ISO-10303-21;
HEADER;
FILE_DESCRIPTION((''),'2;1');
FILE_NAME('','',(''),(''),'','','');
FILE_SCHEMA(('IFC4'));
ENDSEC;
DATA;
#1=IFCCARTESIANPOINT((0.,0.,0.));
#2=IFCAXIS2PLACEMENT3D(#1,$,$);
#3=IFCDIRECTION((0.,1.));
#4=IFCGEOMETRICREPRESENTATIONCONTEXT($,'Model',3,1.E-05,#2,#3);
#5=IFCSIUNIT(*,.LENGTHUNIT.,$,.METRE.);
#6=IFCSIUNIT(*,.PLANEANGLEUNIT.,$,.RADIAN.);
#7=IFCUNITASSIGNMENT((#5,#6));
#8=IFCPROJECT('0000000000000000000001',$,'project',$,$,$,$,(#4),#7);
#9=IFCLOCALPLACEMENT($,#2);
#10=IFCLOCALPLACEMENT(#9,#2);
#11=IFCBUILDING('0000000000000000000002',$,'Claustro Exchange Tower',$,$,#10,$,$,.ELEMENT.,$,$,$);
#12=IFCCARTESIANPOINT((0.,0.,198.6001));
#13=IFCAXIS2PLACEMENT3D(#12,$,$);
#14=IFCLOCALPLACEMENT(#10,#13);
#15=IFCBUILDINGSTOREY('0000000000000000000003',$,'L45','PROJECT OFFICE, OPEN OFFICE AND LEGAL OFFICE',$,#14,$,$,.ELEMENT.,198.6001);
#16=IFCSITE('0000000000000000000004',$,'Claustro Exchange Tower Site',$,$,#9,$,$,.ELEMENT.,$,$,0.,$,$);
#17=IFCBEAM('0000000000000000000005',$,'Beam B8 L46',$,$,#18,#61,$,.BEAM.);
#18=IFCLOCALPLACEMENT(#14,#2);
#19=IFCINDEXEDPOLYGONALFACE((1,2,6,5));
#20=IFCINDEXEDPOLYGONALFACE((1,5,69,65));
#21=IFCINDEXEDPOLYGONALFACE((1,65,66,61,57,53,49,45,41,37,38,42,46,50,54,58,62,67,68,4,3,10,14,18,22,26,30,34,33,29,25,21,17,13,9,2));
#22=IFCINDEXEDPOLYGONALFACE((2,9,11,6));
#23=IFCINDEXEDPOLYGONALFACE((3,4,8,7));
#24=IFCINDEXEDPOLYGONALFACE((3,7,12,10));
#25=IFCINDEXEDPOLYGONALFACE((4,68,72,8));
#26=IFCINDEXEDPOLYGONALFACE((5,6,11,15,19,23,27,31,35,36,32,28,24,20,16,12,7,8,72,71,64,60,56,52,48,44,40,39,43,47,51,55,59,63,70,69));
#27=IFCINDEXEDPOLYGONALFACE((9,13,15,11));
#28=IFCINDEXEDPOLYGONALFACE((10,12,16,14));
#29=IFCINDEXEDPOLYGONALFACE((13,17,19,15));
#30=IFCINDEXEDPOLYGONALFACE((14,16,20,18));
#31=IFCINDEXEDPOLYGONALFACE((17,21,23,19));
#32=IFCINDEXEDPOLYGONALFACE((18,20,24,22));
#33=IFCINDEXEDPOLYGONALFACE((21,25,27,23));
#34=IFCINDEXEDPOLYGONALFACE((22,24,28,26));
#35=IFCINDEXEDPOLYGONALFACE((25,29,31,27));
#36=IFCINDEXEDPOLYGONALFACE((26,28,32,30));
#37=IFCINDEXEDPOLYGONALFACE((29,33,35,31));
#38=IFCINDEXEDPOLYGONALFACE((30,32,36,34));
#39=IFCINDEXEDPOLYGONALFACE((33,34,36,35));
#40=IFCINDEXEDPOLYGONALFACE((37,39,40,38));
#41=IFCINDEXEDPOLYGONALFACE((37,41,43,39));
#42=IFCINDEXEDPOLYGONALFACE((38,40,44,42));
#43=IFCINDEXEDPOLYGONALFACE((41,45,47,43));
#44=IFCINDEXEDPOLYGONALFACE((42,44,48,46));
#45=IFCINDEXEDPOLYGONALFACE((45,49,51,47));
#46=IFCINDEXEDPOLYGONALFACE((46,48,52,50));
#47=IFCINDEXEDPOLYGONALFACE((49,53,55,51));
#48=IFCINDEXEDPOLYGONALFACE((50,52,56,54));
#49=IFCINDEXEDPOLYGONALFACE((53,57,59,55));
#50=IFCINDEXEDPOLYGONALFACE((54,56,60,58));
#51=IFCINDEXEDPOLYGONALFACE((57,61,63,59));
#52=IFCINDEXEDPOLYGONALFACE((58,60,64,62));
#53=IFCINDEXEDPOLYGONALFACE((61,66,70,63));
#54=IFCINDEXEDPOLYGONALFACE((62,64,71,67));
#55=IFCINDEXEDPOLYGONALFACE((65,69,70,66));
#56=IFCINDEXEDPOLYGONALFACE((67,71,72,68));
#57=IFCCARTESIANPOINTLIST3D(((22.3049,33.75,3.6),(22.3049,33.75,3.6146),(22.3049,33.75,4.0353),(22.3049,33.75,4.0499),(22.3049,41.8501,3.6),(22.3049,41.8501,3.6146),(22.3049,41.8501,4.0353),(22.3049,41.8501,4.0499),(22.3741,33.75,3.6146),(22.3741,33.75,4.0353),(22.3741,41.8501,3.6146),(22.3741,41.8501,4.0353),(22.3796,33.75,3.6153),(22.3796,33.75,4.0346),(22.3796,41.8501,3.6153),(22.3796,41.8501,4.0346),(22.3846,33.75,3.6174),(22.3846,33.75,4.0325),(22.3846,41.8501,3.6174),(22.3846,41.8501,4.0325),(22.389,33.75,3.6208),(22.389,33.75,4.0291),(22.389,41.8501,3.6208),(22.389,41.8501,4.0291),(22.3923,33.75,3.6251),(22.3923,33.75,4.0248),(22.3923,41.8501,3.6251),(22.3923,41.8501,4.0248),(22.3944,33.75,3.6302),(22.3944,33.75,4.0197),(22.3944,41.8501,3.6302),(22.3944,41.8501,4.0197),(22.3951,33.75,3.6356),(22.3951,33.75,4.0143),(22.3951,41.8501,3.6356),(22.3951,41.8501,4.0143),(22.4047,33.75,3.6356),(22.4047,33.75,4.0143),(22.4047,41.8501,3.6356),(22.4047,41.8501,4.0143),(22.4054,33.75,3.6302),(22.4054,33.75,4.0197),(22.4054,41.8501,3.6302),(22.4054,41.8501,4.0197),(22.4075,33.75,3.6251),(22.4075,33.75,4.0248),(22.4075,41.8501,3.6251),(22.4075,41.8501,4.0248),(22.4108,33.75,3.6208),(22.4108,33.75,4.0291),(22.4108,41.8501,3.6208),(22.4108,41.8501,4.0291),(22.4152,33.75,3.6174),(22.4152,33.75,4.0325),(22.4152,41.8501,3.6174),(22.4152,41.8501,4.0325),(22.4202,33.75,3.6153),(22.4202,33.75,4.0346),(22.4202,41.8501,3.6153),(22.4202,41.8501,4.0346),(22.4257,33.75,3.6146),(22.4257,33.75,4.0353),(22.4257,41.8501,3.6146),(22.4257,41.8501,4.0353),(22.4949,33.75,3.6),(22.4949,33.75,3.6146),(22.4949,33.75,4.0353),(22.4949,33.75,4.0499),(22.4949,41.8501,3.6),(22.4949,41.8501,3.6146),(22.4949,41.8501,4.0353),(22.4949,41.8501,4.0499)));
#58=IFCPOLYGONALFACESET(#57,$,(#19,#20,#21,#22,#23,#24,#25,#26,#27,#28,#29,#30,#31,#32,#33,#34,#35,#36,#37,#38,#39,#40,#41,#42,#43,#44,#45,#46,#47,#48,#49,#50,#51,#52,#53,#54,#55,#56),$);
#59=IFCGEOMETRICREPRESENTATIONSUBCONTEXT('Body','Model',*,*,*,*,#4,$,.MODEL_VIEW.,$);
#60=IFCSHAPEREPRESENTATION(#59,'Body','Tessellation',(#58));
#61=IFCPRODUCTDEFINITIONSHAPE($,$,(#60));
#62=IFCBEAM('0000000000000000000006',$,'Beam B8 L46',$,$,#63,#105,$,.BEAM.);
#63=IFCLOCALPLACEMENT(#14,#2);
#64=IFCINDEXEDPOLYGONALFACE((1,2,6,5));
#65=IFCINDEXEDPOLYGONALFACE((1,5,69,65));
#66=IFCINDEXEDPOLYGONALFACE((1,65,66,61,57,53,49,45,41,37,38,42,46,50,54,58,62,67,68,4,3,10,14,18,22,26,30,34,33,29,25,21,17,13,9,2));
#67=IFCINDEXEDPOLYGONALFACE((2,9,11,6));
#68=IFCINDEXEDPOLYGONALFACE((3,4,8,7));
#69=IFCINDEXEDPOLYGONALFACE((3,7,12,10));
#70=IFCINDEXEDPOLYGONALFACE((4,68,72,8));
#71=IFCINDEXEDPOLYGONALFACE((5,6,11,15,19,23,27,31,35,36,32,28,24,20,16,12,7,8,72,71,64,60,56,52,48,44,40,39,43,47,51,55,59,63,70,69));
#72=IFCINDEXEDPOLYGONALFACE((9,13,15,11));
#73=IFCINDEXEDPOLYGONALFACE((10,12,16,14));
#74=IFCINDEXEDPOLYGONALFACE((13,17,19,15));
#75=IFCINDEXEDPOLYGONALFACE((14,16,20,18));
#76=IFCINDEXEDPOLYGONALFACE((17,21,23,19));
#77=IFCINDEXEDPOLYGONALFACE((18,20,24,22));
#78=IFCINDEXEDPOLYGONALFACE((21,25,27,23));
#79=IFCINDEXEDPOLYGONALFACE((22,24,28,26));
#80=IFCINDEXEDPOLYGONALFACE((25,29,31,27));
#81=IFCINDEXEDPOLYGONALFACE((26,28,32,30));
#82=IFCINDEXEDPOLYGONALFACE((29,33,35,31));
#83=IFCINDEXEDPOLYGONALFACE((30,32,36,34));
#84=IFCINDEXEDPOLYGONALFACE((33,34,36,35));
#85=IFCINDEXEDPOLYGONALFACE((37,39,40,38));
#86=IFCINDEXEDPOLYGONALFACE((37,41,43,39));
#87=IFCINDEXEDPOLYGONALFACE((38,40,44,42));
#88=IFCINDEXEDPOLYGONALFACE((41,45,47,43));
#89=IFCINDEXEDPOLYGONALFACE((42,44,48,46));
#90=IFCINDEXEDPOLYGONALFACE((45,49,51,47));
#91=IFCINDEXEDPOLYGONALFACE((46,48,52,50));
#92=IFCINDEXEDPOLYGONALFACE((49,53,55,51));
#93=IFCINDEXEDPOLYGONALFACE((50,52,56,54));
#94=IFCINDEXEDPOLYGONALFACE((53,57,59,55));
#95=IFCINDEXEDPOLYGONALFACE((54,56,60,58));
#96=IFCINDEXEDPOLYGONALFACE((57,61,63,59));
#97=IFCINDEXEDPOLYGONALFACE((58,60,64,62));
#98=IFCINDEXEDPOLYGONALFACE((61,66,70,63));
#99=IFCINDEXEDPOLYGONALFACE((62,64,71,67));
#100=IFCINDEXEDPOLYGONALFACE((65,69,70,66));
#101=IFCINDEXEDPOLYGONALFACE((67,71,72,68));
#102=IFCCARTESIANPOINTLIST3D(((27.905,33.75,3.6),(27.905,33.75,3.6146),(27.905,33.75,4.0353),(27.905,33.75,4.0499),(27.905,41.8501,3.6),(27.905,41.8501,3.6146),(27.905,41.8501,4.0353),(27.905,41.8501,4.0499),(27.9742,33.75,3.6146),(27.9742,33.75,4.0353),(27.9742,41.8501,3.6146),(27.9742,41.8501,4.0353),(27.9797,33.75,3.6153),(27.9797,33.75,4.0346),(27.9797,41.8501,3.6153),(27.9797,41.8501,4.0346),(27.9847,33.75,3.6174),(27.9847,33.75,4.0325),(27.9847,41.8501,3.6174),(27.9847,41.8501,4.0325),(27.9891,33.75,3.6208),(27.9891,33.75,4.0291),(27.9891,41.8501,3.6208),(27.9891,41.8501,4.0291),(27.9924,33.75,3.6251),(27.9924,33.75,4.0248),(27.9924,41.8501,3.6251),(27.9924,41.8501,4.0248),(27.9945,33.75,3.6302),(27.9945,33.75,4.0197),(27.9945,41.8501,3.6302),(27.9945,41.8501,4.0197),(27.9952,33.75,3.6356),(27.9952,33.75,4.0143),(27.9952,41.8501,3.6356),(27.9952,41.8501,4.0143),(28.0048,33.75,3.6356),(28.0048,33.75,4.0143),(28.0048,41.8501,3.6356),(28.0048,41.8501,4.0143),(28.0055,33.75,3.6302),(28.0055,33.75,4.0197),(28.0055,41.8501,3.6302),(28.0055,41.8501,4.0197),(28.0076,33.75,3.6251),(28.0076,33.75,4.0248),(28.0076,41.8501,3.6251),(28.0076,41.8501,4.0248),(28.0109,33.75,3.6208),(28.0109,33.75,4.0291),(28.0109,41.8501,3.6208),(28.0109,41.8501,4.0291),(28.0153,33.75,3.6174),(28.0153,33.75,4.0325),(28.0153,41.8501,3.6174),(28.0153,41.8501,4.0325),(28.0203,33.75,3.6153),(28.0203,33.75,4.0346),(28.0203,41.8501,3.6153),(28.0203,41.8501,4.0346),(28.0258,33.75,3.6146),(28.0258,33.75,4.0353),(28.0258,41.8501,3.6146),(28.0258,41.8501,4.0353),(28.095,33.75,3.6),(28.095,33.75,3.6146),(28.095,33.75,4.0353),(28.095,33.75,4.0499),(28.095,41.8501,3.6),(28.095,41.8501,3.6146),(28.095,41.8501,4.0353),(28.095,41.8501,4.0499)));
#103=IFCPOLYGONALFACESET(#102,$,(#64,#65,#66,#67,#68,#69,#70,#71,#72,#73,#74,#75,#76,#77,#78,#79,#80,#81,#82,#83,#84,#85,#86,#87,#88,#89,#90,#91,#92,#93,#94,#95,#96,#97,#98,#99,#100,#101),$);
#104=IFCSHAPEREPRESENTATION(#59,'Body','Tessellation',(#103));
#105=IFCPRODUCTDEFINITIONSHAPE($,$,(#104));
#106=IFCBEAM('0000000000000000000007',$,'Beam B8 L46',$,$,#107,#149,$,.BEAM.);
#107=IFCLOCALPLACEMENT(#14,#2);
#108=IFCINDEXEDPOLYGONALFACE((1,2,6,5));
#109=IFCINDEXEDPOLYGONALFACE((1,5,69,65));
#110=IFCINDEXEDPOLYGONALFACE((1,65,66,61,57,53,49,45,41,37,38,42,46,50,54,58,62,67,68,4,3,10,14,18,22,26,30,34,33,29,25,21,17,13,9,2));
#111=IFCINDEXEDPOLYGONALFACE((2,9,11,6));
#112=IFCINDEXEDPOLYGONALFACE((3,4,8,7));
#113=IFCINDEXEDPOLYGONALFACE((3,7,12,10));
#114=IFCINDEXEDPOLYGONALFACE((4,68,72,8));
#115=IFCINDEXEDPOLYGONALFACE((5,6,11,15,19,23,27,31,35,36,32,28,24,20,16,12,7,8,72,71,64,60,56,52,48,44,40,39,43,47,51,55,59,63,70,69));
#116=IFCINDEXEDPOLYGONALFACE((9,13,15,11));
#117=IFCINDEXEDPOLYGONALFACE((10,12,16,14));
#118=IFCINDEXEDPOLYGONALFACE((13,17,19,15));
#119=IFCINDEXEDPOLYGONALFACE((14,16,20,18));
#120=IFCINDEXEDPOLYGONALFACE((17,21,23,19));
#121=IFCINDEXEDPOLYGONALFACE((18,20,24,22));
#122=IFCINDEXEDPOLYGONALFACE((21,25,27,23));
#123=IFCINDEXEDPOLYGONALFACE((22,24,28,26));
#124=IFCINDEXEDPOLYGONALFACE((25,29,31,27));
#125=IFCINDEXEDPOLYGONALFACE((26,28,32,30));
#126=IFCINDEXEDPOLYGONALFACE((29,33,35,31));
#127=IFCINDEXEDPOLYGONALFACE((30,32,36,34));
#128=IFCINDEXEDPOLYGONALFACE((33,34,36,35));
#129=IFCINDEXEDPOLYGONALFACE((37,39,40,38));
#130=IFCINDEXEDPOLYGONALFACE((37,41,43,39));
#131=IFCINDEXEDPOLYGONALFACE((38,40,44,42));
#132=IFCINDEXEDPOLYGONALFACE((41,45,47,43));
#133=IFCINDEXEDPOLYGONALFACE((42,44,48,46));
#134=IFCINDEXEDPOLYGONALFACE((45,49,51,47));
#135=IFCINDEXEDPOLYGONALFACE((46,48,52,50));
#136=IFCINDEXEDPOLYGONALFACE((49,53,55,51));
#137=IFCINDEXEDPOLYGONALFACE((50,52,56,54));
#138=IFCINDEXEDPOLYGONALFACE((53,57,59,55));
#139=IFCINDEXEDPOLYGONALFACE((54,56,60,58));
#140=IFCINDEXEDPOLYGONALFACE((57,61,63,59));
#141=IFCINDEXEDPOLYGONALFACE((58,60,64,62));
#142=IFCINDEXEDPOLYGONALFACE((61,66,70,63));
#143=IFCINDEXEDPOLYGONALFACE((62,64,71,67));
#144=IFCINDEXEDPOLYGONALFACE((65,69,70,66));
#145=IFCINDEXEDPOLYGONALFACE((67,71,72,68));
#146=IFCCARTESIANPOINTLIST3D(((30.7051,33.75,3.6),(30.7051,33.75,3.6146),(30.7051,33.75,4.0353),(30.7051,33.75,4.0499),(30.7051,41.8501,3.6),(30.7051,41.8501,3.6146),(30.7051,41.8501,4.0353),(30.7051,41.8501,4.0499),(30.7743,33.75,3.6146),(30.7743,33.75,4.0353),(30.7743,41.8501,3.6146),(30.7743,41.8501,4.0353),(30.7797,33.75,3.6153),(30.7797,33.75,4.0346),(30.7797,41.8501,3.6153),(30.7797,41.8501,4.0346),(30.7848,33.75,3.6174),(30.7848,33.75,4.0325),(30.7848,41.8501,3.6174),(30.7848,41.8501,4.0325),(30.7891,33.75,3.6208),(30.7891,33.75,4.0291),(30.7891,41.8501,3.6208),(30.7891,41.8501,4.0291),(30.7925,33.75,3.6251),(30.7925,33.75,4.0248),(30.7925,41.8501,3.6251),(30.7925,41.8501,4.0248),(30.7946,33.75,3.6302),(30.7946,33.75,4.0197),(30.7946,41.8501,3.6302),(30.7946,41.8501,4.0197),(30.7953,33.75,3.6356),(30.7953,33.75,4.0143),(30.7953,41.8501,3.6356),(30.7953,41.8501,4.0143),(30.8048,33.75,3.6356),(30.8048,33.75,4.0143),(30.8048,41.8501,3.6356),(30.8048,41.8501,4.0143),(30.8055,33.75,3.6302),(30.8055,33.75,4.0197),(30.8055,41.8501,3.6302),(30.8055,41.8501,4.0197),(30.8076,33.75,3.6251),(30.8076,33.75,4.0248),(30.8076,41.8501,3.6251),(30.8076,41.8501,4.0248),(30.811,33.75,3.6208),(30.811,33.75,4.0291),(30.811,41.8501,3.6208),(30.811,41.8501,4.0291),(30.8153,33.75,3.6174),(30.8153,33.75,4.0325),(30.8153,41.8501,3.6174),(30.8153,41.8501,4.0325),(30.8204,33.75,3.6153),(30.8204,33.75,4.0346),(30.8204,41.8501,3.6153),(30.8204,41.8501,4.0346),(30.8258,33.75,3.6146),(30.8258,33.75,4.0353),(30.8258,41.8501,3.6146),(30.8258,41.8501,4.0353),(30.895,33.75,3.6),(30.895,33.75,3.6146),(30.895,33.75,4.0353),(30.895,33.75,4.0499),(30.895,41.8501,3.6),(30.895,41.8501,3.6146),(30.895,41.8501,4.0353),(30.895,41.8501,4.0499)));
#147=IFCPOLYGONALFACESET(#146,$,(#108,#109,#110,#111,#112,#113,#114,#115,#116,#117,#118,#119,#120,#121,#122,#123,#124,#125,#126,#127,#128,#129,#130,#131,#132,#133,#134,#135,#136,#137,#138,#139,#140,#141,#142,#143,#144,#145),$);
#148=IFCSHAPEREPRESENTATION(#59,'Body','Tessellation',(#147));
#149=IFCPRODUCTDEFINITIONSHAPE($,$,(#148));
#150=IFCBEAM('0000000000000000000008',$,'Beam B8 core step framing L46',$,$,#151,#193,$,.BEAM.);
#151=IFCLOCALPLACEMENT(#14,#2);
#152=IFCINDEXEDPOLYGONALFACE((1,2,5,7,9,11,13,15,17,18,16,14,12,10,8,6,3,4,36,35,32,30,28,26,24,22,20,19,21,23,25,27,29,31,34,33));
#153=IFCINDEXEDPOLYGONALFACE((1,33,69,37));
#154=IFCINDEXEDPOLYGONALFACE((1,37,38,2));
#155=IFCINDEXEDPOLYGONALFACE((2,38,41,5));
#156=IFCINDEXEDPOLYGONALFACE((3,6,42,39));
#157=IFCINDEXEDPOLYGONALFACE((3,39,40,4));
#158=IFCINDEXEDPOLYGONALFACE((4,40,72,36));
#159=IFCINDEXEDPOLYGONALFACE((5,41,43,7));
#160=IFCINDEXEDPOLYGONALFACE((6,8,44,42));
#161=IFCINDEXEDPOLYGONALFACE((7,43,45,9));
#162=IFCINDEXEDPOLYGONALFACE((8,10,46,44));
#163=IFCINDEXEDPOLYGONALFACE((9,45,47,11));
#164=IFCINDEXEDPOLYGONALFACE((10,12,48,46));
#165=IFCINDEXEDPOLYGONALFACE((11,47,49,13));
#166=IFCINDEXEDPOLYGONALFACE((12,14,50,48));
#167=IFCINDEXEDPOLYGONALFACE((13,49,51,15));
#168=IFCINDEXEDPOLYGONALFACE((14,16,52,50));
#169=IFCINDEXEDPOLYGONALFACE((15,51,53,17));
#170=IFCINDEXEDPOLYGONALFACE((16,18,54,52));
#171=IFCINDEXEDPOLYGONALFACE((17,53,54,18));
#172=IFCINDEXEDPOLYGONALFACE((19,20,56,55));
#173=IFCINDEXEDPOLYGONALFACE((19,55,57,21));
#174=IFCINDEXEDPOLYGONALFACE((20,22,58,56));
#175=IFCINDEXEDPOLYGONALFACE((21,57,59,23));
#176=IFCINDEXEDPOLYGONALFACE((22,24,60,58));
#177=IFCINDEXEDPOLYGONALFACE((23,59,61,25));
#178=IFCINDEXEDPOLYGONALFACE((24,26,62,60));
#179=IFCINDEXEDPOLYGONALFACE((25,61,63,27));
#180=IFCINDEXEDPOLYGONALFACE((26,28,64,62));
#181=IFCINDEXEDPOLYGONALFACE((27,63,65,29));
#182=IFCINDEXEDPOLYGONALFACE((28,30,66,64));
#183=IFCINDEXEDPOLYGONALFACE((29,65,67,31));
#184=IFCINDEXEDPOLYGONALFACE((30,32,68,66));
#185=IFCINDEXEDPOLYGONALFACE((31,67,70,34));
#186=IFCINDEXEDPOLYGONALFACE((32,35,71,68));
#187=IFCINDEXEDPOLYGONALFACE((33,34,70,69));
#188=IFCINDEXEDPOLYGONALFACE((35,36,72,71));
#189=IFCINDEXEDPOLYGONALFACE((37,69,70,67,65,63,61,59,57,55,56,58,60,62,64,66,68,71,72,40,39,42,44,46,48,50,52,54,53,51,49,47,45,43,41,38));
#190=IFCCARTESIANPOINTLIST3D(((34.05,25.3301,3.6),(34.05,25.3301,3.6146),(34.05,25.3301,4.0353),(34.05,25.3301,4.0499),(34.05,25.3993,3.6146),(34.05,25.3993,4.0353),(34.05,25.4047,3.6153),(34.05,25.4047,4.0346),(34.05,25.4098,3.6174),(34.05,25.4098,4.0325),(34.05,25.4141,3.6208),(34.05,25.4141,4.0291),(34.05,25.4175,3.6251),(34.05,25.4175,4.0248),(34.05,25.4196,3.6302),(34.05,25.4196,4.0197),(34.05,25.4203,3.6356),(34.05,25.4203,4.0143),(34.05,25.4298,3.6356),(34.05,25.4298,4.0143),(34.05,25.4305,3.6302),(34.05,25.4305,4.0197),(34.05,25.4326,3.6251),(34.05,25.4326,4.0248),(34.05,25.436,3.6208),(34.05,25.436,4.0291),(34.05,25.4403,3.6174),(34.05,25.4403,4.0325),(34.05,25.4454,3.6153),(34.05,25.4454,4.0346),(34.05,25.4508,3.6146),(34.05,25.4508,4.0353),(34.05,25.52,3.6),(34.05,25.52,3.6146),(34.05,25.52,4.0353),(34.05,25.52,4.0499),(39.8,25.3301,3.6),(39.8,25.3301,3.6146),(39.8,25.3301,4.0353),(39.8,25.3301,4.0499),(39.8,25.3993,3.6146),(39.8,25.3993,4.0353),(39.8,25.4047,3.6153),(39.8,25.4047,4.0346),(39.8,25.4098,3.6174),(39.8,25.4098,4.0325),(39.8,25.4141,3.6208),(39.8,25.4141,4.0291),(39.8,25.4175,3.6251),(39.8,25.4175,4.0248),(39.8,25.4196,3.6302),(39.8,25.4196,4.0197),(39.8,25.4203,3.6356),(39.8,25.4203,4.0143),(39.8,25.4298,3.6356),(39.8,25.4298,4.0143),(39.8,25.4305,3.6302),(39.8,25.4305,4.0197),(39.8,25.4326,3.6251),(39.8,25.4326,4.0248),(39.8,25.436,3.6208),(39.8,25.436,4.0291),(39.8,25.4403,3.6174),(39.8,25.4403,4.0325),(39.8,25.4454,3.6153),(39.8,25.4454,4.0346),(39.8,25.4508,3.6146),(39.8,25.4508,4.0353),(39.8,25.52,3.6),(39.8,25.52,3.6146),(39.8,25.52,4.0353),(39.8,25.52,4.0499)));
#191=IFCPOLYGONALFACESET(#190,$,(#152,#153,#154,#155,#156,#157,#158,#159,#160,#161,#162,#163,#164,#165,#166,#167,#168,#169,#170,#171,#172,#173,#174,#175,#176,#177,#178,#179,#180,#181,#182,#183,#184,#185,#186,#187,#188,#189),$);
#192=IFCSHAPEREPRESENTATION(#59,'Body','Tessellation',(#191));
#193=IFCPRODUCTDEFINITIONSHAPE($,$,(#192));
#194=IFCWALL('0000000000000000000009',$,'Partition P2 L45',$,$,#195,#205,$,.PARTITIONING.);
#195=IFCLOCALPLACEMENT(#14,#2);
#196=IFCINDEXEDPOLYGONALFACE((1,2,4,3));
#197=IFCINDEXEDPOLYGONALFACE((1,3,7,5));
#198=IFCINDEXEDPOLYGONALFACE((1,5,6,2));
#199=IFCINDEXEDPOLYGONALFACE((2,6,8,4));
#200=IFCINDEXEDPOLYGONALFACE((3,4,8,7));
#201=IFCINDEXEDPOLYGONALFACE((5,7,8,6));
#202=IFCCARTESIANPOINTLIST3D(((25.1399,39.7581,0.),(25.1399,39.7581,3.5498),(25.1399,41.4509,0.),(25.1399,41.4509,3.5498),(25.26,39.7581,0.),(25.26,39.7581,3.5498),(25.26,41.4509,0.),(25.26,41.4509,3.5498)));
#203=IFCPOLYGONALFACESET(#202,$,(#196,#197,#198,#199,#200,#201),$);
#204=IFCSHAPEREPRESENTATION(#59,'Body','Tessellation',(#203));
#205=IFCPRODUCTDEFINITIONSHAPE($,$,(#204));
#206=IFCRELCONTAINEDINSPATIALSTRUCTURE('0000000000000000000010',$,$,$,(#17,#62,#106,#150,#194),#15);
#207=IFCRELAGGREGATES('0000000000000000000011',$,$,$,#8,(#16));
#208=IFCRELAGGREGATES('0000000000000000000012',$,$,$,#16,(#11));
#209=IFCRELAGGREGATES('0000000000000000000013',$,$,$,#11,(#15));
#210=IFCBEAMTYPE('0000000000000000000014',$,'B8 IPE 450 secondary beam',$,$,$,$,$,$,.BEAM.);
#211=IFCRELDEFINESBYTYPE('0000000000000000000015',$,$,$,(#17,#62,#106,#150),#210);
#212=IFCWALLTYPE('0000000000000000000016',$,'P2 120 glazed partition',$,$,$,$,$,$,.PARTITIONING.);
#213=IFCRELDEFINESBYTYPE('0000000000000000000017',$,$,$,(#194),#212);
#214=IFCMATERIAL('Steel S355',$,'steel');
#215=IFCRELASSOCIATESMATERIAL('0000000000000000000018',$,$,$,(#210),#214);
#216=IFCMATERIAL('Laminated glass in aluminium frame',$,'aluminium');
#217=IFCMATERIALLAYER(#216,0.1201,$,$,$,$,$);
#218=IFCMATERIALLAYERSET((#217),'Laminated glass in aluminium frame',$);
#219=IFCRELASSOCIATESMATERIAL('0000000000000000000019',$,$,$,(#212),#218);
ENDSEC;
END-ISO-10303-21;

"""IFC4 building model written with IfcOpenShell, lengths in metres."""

from ifc_helpers import new_model, si_unit, direction, frame, frame_2d, origin, origin_2d, place, context, subcontext, project, spatial, rectangle, i_section, extrude, material, layer, layer_set, material_profile, profile_set, type_object, element, save


model = new_model("IFC4")

# Units and contexts
model_context = context("Model", 3, precision=1e-05, world=origin(), true_north=direction((0.0, 1.0)))
body_context = subcontext(model_context, "Body", "Model", "MODEL_VIEW")
ifc_project = project(units=[si_unit("LENGTHUNIT", "METRE"), si_unit("PLANEANGLEUNIT", "RADIAN")], contexts=[model_context])

# Site, building, storey
site_placement = place(None, origin())
site = spatial("IfcSite", under=ifc_project, at=site_placement, Name="Claustro Exchange Tower Site", CompositionType="ELEMENT", RefElevation=0.0)
building_placement = place(site_placement, origin())
building = spatial("IfcBuilding", under=site, at=building_placement, Name="Claustro Exchange Tower", CompositionType="ELEMENT")
storey_placement = place(building_placement, frame((0.0, 0.0, 198.6001)))
storey = spatial("IfcBuildingStorey", under=building, at=storey_placement, Name="L45", Description="PROJECT OFFICE, OPEN OFFICE AND LEGAL OFFICE", CompositionType="ELEMENT", Elevation=198.6001)

# Beams
ifc_material_1 = material(Name="Steel S355", Category="steel")
ifc_material_profile_1 = material_profile(ifc_material_1, i_section(OverallWidth=0.1899, OverallDepth=0.45, WebThickness=0.0095, FlangeThickness=0.0146, FilletRadius=0.021, at=origin_2d()), Name="IPE 450")
ifc_profile_set_1 = profile_set([ifc_material_profile_1], Name="Steel S355")
beam_type_1 = type_object("IfcBeamType", Name="B8 IPE 450 secondary beam", PredefinedType="BEAM", material=ifc_profile_set_1)
for number, where, z_axis, x_axis, name in (
    (1, (22.3999, 33.75, 3.825), (0.0, 1.0, 0.0), (-1.0, 0.0, 0.0), "Beam B8 L46"),
    (2, (28.0, 33.75, 3.825), (0.0, 1.0, 0.0), (-1.0, 0.0, 0.0), "Beam B8 L46"),
    (3, (30.8, 33.75, 3.825), (0.0, 1.0, 0.0), (-1.0, 0.0, 0.0), "Beam B8 L46"),
):
    element("IfcBeam", number, at=place(storey_placement, frame(where, z_axis=z_axis, x_axis=x_axis)), inside=storey, type_object=beam_type_1, Name=name, PredefinedType="BEAM", context=body_context, shape_type="SweptSolid", body=[
        extrude(i_section(OverallWidth=0.1899, OverallDepth=0.45, WebThickness=0.0095, FlangeThickness=0.0146, FilletRadius=0.021, at=origin_2d()), origin(), (0.0, 0.0, 1.0), 8.1001),
    ])
beam_1_placement = place(storey_placement, frame((34.05, 25.425, 3.825), z_axis=(1.0, 0.0, 0.0), x_axis=(0.0, 1.0, 0.0)))
element("IfcBeam", 4, at=beam_1_placement, inside=storey, type_object=beam_type_1, Name="Beam B8 core step framing L46", PredefinedType="BEAM", context=body_context, shape_type="SweptSolid", body=[
    extrude(i_section(OverallWidth=0.1899, OverallDepth=0.45, WebThickness=0.0095, FlangeThickness=0.0146, FilletRadius=0.021, at=origin_2d()), origin(), (0.0, 0.0, 1.0), 5.75),
])

# Wall
ifc_material_2 = material(Name="Laminated glass in aluminium frame", Category="aluminium")
ifc_layer_1 = layer(ifc_material_2, 0.1201)
ifc_layer_set_1 = layer_set([ifc_layer_1], Name="Laminated glass in aluminium frame")
wall_type_1 = type_object("IfcWallType", Name="P2 120 glazed partition", PredefinedType="PARTITIONING", material=ifc_layer_set_1)
wall_1_placement = place(storey_placement, frame((25.2, 39.7581, 0.0), z_axis=(0.0, 0.0, 1.0), x_axis=(0.0, 1.0, 0.0)))
element("IfcWall", 5, at=wall_1_placement, inside=storey, type_object=wall_type_1, Name="Partition P2 L45", PredefinedType="PARTITIONING", context=body_context, shape_type="SweptSolid", body=[
    extrude(rectangle(XDim=1.6929, YDim=0.1201, at=frame_2d((0.8464, 0.0))), origin(), (0.0, 0.0, 1.0), 3.5498),
])

save(model, "model.ifc")
